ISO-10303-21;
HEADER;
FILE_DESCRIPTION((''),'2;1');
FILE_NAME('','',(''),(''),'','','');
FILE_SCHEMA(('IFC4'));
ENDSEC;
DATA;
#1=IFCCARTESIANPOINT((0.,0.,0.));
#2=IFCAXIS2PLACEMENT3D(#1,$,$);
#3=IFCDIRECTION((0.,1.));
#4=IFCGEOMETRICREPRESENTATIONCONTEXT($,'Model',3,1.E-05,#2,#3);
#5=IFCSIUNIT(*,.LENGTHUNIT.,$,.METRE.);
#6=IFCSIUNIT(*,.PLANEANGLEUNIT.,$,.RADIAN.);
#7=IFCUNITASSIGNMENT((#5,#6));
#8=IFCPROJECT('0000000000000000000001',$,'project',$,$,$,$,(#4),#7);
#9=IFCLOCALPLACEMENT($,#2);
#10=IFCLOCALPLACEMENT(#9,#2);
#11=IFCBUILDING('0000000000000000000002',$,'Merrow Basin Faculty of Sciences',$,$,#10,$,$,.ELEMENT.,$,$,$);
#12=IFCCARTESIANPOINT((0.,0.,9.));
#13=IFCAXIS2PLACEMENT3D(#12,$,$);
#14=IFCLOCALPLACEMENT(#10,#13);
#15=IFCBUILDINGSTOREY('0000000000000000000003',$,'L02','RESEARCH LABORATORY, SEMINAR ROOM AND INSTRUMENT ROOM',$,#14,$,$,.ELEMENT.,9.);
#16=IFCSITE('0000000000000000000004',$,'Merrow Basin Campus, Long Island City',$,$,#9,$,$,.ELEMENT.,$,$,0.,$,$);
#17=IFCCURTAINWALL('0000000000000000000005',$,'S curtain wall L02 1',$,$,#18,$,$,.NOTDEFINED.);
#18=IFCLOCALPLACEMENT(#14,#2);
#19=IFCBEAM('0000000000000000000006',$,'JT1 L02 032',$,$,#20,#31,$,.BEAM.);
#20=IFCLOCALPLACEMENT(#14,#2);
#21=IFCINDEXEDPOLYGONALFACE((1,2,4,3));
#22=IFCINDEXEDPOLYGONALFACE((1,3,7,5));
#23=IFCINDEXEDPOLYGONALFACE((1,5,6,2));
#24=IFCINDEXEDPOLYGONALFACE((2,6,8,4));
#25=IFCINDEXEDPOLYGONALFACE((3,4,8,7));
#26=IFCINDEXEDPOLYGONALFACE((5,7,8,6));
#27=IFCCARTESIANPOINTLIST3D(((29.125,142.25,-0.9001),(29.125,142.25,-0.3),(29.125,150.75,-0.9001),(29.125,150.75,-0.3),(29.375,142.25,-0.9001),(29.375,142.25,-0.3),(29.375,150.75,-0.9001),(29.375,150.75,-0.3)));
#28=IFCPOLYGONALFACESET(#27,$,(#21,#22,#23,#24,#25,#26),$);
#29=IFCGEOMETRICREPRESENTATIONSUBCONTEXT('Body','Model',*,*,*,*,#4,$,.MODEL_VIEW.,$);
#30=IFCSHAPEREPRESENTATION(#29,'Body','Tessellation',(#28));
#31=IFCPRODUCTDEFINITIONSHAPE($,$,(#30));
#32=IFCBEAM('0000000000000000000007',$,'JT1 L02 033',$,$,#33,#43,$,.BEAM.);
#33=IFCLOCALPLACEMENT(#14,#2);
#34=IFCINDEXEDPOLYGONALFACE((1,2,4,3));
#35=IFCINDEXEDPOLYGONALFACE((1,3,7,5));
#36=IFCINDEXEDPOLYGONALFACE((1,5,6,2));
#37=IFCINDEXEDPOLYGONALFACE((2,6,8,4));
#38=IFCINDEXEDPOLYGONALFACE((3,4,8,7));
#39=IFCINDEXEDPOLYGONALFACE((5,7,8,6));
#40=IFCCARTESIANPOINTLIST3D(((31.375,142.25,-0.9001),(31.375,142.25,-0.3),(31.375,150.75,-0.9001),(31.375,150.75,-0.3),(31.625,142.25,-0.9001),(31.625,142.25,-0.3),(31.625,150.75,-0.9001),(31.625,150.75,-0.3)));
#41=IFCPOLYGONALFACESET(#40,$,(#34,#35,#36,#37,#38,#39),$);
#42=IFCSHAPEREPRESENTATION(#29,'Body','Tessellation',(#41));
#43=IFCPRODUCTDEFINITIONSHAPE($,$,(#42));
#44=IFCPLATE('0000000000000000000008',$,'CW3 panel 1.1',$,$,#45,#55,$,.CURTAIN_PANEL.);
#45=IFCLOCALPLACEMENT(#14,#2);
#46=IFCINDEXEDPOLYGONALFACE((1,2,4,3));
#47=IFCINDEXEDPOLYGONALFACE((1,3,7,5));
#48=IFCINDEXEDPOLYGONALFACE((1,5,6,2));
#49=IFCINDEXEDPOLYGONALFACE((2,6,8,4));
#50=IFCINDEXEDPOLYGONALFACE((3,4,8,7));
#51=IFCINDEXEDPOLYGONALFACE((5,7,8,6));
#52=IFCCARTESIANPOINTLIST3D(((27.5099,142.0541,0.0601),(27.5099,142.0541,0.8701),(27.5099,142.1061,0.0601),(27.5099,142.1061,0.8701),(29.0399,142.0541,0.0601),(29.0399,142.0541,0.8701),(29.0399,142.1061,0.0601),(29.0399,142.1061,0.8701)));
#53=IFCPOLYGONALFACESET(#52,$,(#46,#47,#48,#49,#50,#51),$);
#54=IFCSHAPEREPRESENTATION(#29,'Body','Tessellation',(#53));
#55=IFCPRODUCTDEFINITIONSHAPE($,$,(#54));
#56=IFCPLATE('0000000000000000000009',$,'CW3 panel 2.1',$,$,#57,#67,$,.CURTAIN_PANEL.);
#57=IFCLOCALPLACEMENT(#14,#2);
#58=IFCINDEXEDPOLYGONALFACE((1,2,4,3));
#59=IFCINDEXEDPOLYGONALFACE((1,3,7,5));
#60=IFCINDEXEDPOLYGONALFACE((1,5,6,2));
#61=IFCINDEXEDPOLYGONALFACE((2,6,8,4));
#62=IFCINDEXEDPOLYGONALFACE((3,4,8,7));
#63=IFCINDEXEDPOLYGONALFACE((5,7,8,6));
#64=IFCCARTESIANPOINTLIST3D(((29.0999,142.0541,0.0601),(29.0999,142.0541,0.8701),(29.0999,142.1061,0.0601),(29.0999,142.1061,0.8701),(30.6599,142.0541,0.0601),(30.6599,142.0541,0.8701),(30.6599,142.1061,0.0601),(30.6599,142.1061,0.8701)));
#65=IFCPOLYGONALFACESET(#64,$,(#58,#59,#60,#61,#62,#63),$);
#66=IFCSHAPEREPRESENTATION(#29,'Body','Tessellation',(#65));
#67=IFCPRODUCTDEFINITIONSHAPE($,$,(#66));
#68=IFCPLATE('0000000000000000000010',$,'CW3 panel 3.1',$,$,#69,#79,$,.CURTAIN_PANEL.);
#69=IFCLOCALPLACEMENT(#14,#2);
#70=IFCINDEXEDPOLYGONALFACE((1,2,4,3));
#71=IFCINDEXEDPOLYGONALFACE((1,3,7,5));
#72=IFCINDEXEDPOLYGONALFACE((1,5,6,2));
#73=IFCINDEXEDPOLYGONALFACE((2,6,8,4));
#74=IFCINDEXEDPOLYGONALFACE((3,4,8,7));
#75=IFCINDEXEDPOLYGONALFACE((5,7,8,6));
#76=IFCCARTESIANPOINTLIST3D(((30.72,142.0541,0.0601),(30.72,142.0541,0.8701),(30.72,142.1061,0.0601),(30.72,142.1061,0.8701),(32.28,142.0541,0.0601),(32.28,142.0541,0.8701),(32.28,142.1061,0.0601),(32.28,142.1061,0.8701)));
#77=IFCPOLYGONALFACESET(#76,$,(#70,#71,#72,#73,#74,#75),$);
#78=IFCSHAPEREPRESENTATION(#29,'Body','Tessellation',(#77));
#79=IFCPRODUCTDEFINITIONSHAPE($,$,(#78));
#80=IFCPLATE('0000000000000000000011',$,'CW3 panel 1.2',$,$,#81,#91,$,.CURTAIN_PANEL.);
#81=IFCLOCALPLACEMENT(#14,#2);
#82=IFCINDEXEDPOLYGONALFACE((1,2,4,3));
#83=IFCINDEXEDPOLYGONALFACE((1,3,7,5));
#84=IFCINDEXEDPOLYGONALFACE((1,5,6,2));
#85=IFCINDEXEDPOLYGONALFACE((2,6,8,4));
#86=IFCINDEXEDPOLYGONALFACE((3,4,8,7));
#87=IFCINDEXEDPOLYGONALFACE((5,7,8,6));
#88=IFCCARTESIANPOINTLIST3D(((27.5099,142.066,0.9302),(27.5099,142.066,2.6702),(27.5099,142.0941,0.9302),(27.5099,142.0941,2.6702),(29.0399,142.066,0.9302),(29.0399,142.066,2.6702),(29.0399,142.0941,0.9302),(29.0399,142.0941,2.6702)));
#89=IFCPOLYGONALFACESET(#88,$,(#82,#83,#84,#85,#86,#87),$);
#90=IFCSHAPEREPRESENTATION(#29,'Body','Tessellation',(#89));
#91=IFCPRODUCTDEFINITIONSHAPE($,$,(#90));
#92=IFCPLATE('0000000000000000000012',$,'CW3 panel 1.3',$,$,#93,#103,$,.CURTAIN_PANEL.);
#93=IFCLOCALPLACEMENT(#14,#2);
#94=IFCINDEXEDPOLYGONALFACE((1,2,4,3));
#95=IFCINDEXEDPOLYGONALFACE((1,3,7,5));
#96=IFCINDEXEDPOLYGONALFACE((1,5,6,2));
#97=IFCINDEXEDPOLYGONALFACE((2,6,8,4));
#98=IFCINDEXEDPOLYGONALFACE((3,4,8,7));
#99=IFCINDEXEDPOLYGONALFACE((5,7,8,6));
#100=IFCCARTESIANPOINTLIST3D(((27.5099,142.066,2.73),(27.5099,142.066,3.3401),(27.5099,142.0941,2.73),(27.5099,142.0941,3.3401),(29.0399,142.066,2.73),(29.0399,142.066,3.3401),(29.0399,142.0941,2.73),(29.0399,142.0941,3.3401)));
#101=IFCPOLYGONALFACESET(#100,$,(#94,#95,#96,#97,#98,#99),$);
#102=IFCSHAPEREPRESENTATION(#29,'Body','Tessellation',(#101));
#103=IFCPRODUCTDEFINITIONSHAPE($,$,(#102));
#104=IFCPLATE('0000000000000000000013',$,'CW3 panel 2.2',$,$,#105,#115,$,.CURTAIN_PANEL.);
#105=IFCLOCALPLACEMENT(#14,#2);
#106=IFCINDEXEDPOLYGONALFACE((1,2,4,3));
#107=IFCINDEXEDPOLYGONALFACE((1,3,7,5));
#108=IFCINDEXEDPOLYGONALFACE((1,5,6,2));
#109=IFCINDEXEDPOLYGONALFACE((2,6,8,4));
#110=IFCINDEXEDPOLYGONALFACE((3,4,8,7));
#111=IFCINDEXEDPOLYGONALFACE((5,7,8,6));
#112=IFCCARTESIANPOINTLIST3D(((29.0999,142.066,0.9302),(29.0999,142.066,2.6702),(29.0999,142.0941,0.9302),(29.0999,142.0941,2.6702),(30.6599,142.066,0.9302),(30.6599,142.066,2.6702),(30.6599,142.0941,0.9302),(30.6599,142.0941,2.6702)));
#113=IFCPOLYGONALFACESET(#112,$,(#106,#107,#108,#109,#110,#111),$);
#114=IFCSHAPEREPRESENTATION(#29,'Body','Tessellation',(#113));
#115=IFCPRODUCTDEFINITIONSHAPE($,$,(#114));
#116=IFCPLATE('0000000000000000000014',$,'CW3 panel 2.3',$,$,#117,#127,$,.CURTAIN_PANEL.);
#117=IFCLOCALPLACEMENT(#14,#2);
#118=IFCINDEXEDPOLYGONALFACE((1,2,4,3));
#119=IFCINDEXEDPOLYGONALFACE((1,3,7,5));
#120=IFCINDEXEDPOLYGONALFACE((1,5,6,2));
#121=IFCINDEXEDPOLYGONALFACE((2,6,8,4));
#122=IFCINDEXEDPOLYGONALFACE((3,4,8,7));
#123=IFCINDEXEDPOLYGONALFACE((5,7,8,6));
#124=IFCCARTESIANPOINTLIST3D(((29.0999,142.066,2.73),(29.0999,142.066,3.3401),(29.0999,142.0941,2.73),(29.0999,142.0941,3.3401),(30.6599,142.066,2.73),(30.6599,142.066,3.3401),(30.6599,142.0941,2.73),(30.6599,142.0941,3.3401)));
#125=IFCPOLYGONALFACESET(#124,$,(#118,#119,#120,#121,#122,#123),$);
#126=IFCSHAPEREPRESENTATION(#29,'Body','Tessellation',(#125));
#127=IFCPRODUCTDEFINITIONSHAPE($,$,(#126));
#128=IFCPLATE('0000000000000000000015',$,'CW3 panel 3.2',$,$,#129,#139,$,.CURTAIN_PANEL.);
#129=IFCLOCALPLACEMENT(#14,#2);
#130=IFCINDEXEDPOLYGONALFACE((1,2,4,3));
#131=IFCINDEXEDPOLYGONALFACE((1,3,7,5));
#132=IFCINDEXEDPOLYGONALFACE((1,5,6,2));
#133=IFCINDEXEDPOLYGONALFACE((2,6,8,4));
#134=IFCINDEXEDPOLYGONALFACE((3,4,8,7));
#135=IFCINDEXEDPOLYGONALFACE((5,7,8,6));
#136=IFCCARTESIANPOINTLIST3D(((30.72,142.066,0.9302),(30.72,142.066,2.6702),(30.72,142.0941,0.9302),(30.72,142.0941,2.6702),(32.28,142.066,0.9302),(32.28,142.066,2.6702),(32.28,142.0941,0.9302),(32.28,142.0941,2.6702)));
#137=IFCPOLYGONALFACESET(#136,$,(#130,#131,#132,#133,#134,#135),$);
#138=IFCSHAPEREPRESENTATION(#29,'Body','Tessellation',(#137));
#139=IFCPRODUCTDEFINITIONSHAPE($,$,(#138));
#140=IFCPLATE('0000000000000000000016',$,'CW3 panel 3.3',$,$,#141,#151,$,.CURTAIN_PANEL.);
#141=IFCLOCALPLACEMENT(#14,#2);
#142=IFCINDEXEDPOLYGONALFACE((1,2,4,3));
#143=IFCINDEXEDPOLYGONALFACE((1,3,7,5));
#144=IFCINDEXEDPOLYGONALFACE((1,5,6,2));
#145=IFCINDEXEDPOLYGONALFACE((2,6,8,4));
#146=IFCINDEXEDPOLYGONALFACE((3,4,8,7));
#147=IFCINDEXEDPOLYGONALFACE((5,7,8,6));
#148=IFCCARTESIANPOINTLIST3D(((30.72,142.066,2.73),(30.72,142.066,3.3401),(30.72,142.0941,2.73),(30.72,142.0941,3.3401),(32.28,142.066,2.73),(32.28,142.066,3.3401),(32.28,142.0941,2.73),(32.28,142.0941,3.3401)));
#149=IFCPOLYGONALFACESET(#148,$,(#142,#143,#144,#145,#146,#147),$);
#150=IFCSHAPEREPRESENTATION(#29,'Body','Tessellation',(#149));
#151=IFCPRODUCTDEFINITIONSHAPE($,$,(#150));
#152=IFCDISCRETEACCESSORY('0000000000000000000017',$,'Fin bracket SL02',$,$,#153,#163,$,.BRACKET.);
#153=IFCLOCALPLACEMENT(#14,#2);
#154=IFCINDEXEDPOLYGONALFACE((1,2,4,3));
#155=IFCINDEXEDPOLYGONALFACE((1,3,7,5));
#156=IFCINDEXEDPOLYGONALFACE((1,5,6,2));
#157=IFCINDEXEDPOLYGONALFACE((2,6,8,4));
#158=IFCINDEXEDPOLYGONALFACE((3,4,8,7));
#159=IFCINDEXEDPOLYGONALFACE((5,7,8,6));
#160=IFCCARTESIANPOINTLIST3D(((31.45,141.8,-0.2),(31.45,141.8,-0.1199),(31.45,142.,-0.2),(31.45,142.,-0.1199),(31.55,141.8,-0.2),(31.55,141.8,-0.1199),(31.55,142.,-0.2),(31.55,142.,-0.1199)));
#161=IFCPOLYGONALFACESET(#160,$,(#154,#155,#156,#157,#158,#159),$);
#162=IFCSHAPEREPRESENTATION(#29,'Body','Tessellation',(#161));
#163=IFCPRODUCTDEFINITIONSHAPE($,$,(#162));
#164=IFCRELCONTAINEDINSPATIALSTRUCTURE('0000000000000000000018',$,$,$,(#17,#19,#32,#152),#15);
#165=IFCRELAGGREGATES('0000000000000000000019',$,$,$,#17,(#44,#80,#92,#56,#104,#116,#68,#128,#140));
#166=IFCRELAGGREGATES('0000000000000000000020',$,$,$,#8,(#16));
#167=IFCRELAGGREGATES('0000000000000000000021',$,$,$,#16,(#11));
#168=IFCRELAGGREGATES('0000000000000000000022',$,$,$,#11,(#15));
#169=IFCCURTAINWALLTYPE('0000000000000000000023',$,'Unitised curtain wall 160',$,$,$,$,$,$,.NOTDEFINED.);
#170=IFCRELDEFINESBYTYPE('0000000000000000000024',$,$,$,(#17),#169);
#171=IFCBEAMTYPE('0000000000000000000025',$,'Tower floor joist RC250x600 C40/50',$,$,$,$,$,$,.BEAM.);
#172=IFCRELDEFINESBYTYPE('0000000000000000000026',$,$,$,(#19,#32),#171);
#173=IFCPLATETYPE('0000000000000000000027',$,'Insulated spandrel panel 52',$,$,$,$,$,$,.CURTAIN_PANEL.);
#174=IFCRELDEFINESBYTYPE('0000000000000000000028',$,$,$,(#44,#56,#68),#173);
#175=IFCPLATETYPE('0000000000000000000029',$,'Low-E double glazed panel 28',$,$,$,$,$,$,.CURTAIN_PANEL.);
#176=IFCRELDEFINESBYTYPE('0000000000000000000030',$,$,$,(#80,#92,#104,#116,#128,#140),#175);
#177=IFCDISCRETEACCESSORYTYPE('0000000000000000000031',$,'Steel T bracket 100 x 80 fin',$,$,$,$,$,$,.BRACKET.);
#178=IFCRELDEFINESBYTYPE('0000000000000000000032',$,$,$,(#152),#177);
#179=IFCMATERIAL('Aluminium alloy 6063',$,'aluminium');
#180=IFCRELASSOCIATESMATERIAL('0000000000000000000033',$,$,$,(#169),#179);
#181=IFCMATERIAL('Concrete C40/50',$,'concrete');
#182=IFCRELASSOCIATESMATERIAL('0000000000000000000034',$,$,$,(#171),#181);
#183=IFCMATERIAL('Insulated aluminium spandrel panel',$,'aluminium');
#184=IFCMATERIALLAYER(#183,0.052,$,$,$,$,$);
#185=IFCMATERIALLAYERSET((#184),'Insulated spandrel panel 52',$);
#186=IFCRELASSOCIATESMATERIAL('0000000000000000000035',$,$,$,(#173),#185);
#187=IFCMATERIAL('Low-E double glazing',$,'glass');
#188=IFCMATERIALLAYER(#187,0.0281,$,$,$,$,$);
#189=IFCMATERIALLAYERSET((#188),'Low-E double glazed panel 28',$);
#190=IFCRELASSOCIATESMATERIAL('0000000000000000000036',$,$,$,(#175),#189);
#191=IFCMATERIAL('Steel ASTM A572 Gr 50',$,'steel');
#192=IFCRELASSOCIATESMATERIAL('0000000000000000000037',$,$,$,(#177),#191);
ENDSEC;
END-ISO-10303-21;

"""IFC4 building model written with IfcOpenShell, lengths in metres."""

from ifc_helpers import new_model, si_unit, direction, frame, origin, origin_2d, place, context, subcontext, project, spatial, polyline, rectangle, outline, extrude, source, transform, mapped, material, layer, layer_set, material_profile, profile_set, type_object, element, aggregate, save


model = new_model("IFC4")

# Units and contexts
model_context = context("Model", 3, precision=1e-05, world=origin(), true_north=direction((0.0, 1.0)))
body_context = subcontext(model_context, "Body", "Model", "MODEL_VIEW")
ifc_project = project(units=[si_unit("LENGTHUNIT", "METRE"), si_unit("PLANEANGLEUNIT", "RADIAN")], contexts=[model_context])

# Site, building, storey
site_placement = place(None, origin())
site = spatial("IfcSite", under=ifc_project, at=site_placement, Name="Merrow Basin Campus, Long Island City", CompositionType="ELEMENT", RefElevation=0.0)
building_placement = place(site_placement, origin())
building = spatial("IfcBuilding", under=site, at=building_placement, Name="Merrow Basin Faculty of Sciences", CompositionType="ELEMENT")
storey_placement = place(building_placement, frame((0.0, 0.0, 9.0)))
storey = spatial("IfcBuildingStorey", under=building, at=storey_placement, Name="L02", Description="RESEARCH LABORATORY, SEMINAR ROOM AND INSTRUMENT ROOM", CompositionType="ELEMENT", Elevation=9.0)

# Curtain wall
ifc_material_1 = material(Name="Aluminium alloy 6063", Category="aluminium")
curtain_wall_type = type_object("IfcCurtainWallType", Name="Unitised curtain wall 160", PredefinedType="NOTDEFINED", material=ifc_material_1)
curtain_wall_placement = place(storey_placement, origin())
curtain_wall = element("IfcCurtainWall", 1, at=curtain_wall_placement, inside=storey, type_object=curtain_wall_type, Name="S curtain wall L02 1", PredefinedType="NOTDEFINED")

# Beams
ifc_material_2 = material(Name="Concrete C40/50", Category="concrete")
ifc_material_profile_1 = material_profile(ifc_material_2, rectangle(XDim=0.25, YDim=0.6001, at=origin_2d()))
ifc_profile_set_1 = profile_set([ifc_material_profile_1], Name="Concrete C40/50")
beam_type = type_object("IfcBeamType", Name="Tower floor joist RC250x600 C40/50", PredefinedType="BEAM", material=ifc_profile_set_1)
for number, where, z_axis, x_axis, name in (
    (2, (29.25, 142.25, -0.6001), (0.0, 1.0, 0.0), (-1.0, 0.0, 0.0), "JT1 L02 032"),
    (3, (31.5, 142.25, -0.6001), (0.0, 1.0, 0.0), (-1.0, 0.0, 0.0), "JT1 L02 033"),
):
    element("IfcBeam", number, at=place(storey_placement, frame(where, z_axis=z_axis, x_axis=x_axis)), inside=storey, type_object=beam_type, Name=name, PredefinedType="BEAM", context=body_context, shape_type="SweptSolid", body=[
        extrude(rectangle(XDim=0.25, YDim=0.6001, at=origin_2d()), origin(), (0.0, 0.0, 1.0), 8.5),
    ])

# Plates
ifc_material_3 = material(Name="Insulated aluminium spandrel panel", Category="aluminium")
ifc_layer_1 = layer(ifc_material_3, 0.052)
ifc_layer_set_1 = layer_set([ifc_layer_1], Name="Insulated spandrel panel 52")
plate_type_1 = type_object("IfcPlateType", Name="Insulated spandrel panel 52", PredefinedType="CURTAIN_PANEL", material=ifc_layer_set_1)
plate_1_placement = place(storey_placement, frame((28.2749, 142.0801, 0.0601), z_axis=(0.0, 0.0, 1.0), x_axis=(1.0, 0.0, 0.0)))
plate_1 = element("IfcPlate", 4, at=plate_1_placement, type_object=plate_type_1, Name="CW3 panel 1.1", PredefinedType="CURTAIN_PANEL", context=body_context, shape_type="SweptSolid", body=[
    extrude(rectangle(XDim=1.53, YDim=0.052, at=origin_2d()), origin(), (0.0, 0.0, 1.0), 0.8101),
])
plate_2_placement = place(storey_placement, frame((29.8799, 142.0801, 0.0601), z_axis=(0.0, 0.0, 1.0), x_axis=(1.0, 0.0, 0.0)))
plate_2 = element("IfcPlate", 5, at=plate_2_placement, type_object=plate_type_1, Name="CW3 panel 2.1", PredefinedType="CURTAIN_PANEL", context=body_context, shape_type="SweptSolid", body=[
    extrude(rectangle(XDim=1.5601, YDim=0.052, at=origin_2d()), origin(), (0.0, 0.0, 1.0), 0.8101),
])
plate_3_placement = place(storey_placement, frame((31.5, 142.0801, 0.0601), z_axis=(0.0, 0.0, 1.0), x_axis=(1.0, 0.0, 0.0)))
plate_3 = element("IfcPlate", 6, at=plate_3_placement, type_object=plate_type_1, Name="CW3 panel 3.1", PredefinedType="CURTAIN_PANEL", context=body_context, shape_type="SweptSolid", body=[
    extrude(rectangle(XDim=1.5601, YDim=0.052, at=origin_2d()), origin(), (0.0, 0.0, 1.0), 0.8101),
])
ifc_material_4 = material(Name="Low-E double glazing", Category="glass")
ifc_layer_2 = layer(ifc_material_4, 0.0281)
ifc_layer_set_2 = layer_set([ifc_layer_2], Name="Low-E double glazed panel 28")
plate_type_2 = type_object("IfcPlateType", Name="Low-E double glazed panel 28", PredefinedType="CURTAIN_PANEL", material=ifc_layer_set_2)
plate_4_placement = place(storey_placement, frame((28.2749, 142.0801, 0.9302), z_axis=(0.0, 0.0, 1.0), x_axis=(1.0, 0.0, 0.0)))
plate_4 = element("IfcPlate", 7, at=plate_4_placement, type_object=plate_type_2, Name="CW3 panel 1.2", PredefinedType="CURTAIN_PANEL", context=body_context, shape_type="SweptSolid", body=[
    extrude(rectangle(XDim=1.53, YDim=0.0281, at=origin_2d()), origin(), (0.0, 0.0, 1.0), 1.74),
])
plate_5_placement = place(storey_placement, frame((28.2749, 142.0801, 2.73), z_axis=(0.0, 0.0, 1.0), x_axis=(1.0, 0.0, 0.0)))
plate_5 = element("IfcPlate", 8, at=plate_5_placement, type_object=plate_type_2, Name="CW3 panel 1.3", PredefinedType="CURTAIN_PANEL", context=body_context, shape_type="SweptSolid", body=[
    extrude(rectangle(XDim=1.53, YDim=0.0281, at=origin_2d()), origin(), (0.0, 0.0, 1.0), 0.6101),
])
plate_6_placement = place(storey_placement, frame((29.8799, 142.0801, 0.9302), z_axis=(0.0, 0.0, 1.0), x_axis=(1.0, 0.0, 0.0)))
plate_6 = element("IfcPlate", 9, at=plate_6_placement, type_object=plate_type_2, Name="CW3 panel 2.2", PredefinedType="CURTAIN_PANEL", context=body_context, shape_type="SweptSolid", body=[
    extrude(rectangle(XDim=1.5601, YDim=0.0281, at=origin_2d()), origin(), (0.0, 0.0, 1.0), 1.74),
])
plate_7_placement = place(storey_placement, frame((29.8799, 142.0801, 2.73), z_axis=(0.0, 0.0, 1.0), x_axis=(1.0, 0.0, 0.0)))
plate_7 = element("IfcPlate", 10, at=plate_7_placement, type_object=plate_type_2, Name="CW3 panel 2.3", PredefinedType="CURTAIN_PANEL", context=body_context, shape_type="SweptSolid", body=[
    extrude(rectangle(XDim=1.5601, YDim=0.0281, at=origin_2d()), origin(), (0.0, 0.0, 1.0), 0.6101),
])
plate_8_placement = place(storey_placement, frame((31.5, 142.0801, 0.9302), z_axis=(0.0, 0.0, 1.0), x_axis=(1.0, 0.0, 0.0)))
plate_8 = element("IfcPlate", 11, at=plate_8_placement, type_object=plate_type_2, Name="CW3 panel 3.2", PredefinedType="CURTAIN_PANEL", context=body_context, shape_type="SweptSolid", body=[
    extrude(rectangle(XDim=1.5601, YDim=0.0281, at=origin_2d()), origin(), (0.0, 0.0, 1.0), 1.74),
])
plate_9_placement = place(storey_placement, frame((31.5, 142.0801, 2.73), z_axis=(0.0, 0.0, 1.0), x_axis=(1.0, 0.0, 0.0)))
plate_9 = element("IfcPlate", 12, at=plate_9_placement, type_object=plate_type_2, Name="CW3 panel 3.3", PredefinedType="CURTAIN_PANEL", context=body_context, shape_type="SweptSolid", body=[
    extrude(rectangle(XDim=1.5601, YDim=0.0281, at=origin_2d()), origin(), (0.0, 0.0, 1.0), 0.6101),
])
aggregate(curtain_wall, [plate_1, plate_4, plate_5, plate_2, plate_6, plate_7, plate_3, plate_8, plate_9])

# Discrete accessory
ifc_material_5 = material(Name="Steel ASTM A572 Gr 50", Category="steel")
discrete_accessory_type = type_object("IfcDiscreteAccessoryType", Name="Steel T bracket 100 x 80 fin", PredefinedType="BRACKET", material=ifc_material_5)
shared_shape = source(origin(), body_context, "Body", "SweptSolid", [
    extrude(outline(polyline([(0.0, 0.0), (0.1001, 0.0), (0.1001, 0.0801), (0.0, 0.0801), (0.0, 0.0)])), origin(), (0.0, 0.0, 1.0), 0.2),
])
discrete_accessory_placement = place(storey_placement, frame((31.45, 142.0, -0.2), z_axis=(0.0, -1.0, 0.0), x_axis=(1.0, 0.0, 0.0)))
element("IfcDiscreteAccessory", 13, at=discrete_accessory_placement, inside=storey, type_object=discrete_accessory_type, Name="Fin bracket SL02", PredefinedType="BRACKET", context=body_context, shape_type="MappedRepresentation", body=[
    mapped(shared_shape, transform((0.0, 0.0, 0.0), scale=1.0)),
])

save(model, "model.ifc")
